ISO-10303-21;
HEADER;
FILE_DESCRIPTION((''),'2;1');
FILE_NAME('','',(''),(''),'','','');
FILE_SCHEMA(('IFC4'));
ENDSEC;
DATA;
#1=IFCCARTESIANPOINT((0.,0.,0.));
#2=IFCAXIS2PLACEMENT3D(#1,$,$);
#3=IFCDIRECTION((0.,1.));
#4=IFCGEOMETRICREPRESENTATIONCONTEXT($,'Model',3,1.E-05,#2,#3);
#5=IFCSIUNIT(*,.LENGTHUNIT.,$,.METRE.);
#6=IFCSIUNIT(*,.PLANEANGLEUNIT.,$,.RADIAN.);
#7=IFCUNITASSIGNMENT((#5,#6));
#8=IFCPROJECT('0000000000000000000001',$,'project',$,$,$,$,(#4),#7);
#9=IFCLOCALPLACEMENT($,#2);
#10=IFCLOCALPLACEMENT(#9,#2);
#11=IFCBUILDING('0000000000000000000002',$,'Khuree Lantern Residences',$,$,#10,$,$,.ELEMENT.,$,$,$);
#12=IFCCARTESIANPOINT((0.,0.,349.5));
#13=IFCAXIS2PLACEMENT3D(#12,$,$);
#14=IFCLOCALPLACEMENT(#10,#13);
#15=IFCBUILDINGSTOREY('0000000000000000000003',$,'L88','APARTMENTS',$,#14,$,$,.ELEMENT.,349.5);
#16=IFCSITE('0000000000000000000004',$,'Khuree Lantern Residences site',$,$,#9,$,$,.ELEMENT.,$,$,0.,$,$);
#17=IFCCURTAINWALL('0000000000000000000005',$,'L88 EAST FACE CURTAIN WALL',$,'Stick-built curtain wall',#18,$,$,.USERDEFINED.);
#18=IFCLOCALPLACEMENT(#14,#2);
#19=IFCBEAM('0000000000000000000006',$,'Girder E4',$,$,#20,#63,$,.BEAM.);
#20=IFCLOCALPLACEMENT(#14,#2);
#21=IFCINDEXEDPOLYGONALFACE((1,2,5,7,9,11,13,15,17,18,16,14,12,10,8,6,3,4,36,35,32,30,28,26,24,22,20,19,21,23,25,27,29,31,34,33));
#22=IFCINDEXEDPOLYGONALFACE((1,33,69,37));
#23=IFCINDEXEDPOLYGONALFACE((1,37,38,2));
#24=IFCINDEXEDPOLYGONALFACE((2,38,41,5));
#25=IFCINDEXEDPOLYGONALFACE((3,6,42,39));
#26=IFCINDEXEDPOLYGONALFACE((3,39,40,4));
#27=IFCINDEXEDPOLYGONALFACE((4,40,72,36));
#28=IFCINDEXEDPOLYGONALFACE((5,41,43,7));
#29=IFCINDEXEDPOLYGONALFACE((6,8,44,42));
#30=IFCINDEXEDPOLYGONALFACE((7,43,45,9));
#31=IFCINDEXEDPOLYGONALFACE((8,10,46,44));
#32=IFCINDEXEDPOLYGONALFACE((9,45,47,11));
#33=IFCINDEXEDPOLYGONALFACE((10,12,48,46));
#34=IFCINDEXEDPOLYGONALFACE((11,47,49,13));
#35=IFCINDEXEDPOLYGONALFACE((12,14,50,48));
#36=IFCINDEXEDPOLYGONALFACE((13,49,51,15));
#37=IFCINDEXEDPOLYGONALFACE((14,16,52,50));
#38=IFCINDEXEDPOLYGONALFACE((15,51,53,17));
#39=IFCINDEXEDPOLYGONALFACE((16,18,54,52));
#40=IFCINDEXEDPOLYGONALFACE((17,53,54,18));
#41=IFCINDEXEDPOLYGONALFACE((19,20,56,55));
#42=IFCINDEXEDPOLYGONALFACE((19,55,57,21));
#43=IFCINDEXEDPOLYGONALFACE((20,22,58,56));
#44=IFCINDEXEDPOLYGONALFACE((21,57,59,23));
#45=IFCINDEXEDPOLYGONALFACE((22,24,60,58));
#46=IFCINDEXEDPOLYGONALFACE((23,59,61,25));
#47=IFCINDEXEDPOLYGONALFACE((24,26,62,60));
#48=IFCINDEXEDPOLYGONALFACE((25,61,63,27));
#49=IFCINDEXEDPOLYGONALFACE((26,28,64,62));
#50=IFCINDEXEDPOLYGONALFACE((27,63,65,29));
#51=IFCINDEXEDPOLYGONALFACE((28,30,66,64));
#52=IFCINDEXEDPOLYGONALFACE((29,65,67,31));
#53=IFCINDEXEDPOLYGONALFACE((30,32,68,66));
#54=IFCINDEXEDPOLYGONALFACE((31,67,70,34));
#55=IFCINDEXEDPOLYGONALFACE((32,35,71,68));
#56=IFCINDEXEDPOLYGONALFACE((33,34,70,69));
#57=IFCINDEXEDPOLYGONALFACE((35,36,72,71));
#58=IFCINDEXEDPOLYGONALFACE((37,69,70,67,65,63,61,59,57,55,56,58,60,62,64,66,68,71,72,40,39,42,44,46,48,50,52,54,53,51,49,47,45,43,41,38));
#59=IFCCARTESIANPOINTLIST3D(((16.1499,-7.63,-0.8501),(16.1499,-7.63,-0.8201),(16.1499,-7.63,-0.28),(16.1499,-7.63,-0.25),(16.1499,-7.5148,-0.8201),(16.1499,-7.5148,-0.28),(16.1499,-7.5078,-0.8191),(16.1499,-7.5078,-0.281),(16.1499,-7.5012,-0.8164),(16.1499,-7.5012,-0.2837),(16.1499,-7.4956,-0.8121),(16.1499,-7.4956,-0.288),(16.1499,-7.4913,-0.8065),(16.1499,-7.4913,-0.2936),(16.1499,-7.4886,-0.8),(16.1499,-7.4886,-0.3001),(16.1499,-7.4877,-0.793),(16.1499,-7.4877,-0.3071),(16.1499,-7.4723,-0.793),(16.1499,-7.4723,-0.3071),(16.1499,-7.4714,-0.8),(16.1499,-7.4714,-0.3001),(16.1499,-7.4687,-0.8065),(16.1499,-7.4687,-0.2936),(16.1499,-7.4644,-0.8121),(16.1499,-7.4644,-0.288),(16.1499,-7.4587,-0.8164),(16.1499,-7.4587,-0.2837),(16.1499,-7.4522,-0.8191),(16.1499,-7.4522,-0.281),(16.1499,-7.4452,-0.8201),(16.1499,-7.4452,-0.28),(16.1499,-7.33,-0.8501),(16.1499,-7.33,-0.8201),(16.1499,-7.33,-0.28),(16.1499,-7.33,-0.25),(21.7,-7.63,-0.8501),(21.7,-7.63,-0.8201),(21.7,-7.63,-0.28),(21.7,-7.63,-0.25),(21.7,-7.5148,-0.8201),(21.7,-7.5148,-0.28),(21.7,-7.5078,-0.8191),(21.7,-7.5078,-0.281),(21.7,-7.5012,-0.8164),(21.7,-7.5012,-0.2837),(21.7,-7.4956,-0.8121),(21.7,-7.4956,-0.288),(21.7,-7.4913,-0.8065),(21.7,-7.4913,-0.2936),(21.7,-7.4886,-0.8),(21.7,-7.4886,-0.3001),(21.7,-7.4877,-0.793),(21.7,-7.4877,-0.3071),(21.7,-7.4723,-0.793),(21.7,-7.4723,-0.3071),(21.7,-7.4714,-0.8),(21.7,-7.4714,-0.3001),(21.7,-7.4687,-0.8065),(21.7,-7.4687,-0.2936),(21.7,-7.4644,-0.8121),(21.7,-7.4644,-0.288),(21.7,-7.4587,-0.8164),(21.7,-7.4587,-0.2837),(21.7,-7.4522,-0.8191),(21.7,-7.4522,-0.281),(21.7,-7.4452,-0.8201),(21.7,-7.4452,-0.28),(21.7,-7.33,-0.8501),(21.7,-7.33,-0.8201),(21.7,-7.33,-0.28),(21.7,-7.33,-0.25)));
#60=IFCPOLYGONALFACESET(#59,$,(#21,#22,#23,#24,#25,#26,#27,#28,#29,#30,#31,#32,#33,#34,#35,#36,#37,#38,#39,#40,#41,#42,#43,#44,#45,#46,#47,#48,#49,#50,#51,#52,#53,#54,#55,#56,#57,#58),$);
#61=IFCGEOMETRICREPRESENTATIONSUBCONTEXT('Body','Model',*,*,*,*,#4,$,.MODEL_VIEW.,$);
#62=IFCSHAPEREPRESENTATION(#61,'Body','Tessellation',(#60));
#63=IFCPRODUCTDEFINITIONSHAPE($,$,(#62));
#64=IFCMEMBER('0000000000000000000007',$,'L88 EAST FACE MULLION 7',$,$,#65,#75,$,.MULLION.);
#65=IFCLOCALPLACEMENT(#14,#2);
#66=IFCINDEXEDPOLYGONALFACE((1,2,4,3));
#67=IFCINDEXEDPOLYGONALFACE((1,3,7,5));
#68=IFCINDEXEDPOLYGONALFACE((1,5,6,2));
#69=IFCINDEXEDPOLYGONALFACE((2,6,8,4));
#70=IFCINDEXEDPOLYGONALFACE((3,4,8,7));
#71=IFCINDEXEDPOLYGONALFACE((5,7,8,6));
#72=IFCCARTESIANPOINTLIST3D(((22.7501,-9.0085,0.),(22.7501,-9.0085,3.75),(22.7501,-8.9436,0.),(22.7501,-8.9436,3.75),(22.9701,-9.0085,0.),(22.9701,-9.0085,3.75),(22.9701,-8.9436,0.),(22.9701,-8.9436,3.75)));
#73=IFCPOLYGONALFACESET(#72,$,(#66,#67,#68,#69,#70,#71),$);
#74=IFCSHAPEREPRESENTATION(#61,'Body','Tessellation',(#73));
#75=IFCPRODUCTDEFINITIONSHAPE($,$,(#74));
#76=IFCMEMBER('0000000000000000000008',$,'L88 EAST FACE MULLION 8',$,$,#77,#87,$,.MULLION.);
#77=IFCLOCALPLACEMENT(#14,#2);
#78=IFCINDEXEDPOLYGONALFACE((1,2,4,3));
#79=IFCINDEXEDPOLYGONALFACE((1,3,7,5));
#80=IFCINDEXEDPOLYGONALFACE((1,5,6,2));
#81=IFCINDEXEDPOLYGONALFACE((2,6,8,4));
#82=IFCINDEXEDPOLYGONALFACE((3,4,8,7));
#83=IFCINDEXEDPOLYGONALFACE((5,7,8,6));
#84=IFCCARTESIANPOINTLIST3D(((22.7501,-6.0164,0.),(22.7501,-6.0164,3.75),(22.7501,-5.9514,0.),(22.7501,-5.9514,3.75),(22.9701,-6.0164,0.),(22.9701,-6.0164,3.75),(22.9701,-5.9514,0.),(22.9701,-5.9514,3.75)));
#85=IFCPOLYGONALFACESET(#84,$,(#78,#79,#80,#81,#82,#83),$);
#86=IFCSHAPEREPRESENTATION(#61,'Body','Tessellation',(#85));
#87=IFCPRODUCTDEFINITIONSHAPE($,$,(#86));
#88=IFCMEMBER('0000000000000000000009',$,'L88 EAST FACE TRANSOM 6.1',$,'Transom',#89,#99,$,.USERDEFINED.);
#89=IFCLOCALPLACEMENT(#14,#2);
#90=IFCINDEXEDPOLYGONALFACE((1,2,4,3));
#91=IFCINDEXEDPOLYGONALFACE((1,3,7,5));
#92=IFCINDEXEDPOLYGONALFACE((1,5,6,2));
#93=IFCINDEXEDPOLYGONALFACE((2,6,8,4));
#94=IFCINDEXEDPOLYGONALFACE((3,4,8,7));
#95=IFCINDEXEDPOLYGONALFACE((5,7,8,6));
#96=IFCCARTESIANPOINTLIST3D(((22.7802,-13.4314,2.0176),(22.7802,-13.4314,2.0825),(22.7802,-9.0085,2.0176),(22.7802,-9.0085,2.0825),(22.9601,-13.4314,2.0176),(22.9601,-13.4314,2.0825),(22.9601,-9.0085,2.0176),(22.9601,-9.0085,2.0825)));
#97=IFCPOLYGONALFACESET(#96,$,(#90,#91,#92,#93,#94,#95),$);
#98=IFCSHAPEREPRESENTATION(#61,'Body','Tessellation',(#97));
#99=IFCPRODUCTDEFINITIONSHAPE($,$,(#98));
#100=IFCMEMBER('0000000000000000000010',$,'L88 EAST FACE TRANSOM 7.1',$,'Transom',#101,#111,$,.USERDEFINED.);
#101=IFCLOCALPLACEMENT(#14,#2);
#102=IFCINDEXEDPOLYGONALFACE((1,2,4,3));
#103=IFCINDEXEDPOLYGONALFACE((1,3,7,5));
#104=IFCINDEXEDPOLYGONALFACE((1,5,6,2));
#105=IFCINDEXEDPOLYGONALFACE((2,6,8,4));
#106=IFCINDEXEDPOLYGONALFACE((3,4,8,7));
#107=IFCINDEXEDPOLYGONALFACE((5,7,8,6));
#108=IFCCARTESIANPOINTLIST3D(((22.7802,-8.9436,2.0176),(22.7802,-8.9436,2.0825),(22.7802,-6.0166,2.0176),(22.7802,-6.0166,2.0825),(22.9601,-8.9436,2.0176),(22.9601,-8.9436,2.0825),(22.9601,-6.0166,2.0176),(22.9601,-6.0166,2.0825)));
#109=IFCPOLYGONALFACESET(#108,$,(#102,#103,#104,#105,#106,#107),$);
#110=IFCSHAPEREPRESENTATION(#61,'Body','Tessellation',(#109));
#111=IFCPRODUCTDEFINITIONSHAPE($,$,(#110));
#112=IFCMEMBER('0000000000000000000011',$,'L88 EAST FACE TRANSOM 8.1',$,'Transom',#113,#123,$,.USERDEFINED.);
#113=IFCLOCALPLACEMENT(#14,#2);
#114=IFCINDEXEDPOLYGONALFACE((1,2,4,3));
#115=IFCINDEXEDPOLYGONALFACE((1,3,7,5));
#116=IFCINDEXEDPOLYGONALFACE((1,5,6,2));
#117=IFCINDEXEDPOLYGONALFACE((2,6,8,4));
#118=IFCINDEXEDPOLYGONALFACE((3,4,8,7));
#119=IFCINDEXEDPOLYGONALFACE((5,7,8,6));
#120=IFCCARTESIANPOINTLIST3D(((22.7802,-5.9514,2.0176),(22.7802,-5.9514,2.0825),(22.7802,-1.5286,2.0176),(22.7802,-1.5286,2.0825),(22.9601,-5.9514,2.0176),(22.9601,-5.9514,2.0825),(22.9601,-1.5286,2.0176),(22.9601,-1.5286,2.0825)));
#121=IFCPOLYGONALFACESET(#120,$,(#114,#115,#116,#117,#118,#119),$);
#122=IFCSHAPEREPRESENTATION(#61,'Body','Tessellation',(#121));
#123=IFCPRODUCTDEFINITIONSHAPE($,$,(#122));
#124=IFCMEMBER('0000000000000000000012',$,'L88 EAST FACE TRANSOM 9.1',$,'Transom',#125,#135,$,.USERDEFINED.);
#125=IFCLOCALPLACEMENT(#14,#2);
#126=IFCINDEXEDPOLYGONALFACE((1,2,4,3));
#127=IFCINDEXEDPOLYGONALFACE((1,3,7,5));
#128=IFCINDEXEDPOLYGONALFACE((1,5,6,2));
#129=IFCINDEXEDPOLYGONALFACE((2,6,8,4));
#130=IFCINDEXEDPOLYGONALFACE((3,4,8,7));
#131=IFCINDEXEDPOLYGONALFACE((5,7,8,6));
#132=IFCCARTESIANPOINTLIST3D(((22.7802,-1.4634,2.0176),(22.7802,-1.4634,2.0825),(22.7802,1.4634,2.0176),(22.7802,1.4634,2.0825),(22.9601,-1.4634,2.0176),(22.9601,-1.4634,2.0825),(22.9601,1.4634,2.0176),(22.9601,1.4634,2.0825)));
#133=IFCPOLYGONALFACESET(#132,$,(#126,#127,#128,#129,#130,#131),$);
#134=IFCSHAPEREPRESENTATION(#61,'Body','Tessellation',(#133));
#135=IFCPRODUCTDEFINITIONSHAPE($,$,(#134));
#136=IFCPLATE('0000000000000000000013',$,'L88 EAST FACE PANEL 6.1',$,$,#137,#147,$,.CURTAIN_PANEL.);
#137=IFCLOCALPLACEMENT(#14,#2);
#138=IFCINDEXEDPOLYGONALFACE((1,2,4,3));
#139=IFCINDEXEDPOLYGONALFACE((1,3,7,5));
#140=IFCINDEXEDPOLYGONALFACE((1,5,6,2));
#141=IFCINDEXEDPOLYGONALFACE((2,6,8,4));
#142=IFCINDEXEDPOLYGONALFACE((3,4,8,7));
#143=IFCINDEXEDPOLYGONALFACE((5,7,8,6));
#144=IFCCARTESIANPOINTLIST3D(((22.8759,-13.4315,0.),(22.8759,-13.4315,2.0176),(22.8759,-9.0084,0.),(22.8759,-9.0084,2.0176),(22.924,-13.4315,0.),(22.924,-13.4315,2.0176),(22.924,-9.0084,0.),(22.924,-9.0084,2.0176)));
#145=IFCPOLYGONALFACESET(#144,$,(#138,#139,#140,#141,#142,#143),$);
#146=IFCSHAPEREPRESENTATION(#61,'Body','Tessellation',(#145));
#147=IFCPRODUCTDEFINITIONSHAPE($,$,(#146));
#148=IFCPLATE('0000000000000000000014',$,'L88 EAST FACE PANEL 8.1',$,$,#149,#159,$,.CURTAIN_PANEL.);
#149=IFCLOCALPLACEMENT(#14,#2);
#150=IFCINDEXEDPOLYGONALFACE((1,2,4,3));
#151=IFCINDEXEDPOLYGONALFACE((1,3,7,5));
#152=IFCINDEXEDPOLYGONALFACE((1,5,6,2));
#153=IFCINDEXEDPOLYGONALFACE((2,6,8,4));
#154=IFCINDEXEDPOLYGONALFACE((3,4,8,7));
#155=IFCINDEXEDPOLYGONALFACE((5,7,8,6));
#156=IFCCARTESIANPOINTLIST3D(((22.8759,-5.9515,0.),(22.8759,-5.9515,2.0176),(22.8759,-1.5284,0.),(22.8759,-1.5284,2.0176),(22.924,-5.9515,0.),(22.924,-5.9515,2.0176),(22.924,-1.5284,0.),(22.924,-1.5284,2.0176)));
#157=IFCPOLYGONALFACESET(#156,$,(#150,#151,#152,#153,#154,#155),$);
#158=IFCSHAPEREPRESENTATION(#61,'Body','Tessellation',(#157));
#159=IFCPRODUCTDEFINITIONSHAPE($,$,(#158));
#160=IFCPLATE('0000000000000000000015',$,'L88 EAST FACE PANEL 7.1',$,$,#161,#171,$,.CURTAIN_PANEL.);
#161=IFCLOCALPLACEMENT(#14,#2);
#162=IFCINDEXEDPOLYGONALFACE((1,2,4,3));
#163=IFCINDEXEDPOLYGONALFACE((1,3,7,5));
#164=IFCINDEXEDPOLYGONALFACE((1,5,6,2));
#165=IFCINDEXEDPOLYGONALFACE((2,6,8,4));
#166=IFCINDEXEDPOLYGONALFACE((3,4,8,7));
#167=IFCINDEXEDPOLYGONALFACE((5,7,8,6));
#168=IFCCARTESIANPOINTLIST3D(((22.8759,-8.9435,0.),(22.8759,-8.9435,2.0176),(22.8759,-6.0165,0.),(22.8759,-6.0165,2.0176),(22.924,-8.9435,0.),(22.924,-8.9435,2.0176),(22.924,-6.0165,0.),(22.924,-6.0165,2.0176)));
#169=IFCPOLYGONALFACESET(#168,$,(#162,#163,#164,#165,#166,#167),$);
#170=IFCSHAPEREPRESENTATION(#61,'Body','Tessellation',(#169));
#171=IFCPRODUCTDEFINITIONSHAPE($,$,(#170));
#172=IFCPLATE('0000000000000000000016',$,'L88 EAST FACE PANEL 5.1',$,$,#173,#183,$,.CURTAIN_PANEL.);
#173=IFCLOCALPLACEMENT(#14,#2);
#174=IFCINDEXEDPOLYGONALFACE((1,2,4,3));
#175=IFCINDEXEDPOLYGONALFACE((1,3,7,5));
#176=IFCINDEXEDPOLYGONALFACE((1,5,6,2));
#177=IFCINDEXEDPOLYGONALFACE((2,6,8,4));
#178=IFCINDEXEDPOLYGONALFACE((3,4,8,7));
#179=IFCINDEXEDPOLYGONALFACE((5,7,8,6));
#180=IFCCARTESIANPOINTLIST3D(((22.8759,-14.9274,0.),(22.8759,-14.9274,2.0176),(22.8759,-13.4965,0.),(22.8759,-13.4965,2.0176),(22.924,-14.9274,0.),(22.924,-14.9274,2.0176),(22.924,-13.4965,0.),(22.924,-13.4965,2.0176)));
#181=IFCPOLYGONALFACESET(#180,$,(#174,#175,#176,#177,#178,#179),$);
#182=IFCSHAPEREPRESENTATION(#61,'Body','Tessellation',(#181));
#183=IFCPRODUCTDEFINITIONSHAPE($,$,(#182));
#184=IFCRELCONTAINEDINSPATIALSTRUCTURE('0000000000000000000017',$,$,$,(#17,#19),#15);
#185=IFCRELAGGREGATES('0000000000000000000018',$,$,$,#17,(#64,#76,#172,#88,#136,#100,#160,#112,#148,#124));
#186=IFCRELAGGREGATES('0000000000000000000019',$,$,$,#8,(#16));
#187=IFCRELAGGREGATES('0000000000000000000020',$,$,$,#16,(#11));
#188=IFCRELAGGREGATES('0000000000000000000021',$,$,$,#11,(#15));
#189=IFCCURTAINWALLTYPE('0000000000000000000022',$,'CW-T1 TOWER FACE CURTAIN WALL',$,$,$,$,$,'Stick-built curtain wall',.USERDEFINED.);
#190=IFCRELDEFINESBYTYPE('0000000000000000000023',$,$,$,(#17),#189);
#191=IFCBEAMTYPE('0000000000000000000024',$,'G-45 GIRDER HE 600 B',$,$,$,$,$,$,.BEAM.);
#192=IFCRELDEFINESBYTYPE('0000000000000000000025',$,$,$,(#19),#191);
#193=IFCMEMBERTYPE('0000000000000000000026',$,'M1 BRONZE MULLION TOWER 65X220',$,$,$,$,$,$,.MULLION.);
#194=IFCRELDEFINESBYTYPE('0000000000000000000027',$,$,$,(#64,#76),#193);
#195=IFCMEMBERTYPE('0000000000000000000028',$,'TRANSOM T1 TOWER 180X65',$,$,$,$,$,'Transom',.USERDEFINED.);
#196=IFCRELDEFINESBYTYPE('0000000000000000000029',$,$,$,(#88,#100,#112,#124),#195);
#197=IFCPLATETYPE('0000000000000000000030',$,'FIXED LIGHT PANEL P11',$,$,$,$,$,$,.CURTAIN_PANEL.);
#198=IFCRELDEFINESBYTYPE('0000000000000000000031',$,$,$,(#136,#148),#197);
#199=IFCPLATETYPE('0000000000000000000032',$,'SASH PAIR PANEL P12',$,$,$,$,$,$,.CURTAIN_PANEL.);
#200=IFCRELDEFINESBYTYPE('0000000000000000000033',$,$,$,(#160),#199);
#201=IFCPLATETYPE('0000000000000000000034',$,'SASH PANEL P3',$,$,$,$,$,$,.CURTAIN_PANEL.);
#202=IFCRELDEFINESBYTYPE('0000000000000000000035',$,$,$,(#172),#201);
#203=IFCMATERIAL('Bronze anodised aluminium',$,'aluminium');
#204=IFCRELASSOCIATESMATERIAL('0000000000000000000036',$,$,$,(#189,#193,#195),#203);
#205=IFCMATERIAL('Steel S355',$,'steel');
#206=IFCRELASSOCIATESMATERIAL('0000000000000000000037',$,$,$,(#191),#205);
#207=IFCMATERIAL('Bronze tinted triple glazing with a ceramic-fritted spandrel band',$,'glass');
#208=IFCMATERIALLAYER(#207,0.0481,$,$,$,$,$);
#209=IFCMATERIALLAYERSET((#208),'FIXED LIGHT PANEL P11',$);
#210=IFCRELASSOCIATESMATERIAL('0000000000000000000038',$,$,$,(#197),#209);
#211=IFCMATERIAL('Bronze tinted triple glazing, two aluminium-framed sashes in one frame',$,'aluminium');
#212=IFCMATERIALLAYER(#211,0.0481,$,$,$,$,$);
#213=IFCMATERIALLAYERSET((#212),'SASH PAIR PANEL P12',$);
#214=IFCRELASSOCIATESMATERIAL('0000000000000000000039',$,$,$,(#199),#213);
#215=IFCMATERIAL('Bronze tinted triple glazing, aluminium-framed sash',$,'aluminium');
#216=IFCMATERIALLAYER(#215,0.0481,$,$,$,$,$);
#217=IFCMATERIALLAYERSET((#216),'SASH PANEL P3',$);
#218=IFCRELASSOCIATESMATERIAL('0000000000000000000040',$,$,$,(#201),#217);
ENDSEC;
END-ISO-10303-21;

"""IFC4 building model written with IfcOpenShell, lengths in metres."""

from ifc_helpers import new_model, si_unit, direction, frame, origin, origin_2d, place, context, subcontext, project, spatial, rectangle, i_section, extrude, material, layer, layer_set, material_profile, profile_set, type_object, element, aggregate, save


model = new_model("IFC4")

# Units and contexts
model_context = context("Model", 3, precision=1e-05, world=origin(), true_north=direction((0.0, 1.0)))
body_context = subcontext(model_context, "Body", "Model", "MODEL_VIEW")
ifc_project = project(units=[si_unit("LENGTHUNIT", "METRE"), si_unit("PLANEANGLEUNIT", "RADIAN")], contexts=[model_context])

# Site, building, storey
site_placement = place(None, origin())
site = spatial("IfcSite", under=ifc_project, at=site_placement, Name="Khuree Lantern Residences site", CompositionType="ELEMENT", RefElevation=0.0)
building_placement = place(site_placement, origin())
building = spatial("IfcBuilding", under=site, at=building_placement, Name="Khuree Lantern Residences", CompositionType="ELEMENT")
storey_placement = place(building_placement, frame((0.0, 0.0, 349.5)))
storey = spatial("IfcBuildingStorey", under=building, at=storey_placement, Name="L88", Description="APARTMENTS", CompositionType="ELEMENT", Elevation=349.5)

# Shared definitions
ifc_material_1 = material(Name="Steel S355", Category="steel")

# Curtain wall
ifc_material_2 = material(Name="Bronze anodised aluminium", Category="aluminium")
curtain_wall_type = type_object("IfcCurtainWallType", Name="CW-T1 TOWER FACE CURTAIN WALL", ElementType="Stick-built curtain wall", PredefinedType="USERDEFINED", material=ifc_material_2)
curtain_wall_placement = place(storey_placement, origin())
curtain_wall = element("IfcCurtainWall", 1, at=curtain_wall_placement, inside=storey, type_object=curtain_wall_type, Name="L88 EAST FACE CURTAIN WALL", ObjectType="Stick-built curtain wall", PredefinedType="USERDEFINED")

# Beam
ifc_material_profile_1 = material_profile(ifc_material_1, i_section(OverallWidth=0.3, OverallDepth=0.6001, WebThickness=0.0154, FlangeThickness=0.03, FilletRadius=0.0271, at=origin_2d()), Name="HE 600 B")
ifc_profile_set_1 = profile_set([ifc_material_profile_1], Name="Steel S355")
beam_type_1 = type_object("IfcBeamType", Name="G-45 GIRDER HE 600 B", PredefinedType="BEAM", material=ifc_profile_set_1)
beam_1_placement = place(storey_placement, frame((21.7, -7.48, -0.55), z_axis=(-1.0, 0.0, 0.0), x_axis=(0.0, -1.0, 0.0)))
element("IfcBeam", 2, at=beam_1_placement, inside=storey, type_object=beam_type_1, Name="Girder E4", PredefinedType="BEAM", context=body_context, shape_type="SweptSolid", body=[
    extrude(i_section(OverallWidth=0.3, OverallDepth=0.6001, WebThickness=0.0154, FlangeThickness=0.03, FilletRadius=0.0271, at=origin_2d()), origin(), (0.0, 0.0, 1.0), 5.55),
])

# Members
ifc_material_profile_2 = material_profile(ifc_material_2, rectangle(XDim=0.0649, YDim=0.22, at=origin_2d()), Name="M1 65X220")
ifc_profile_set_2 = profile_set([ifc_material_profile_2], Name="Bronze anodised aluminium")
member_type_1 = type_object("IfcMemberType", Name="M1 BRONZE MULLION TOWER 65X220", PredefinedType="MULLION", material=ifc_profile_set_2)
member_1_placement = place(storey_placement, frame((22.8601, -8.9761, 0.0), z_axis=(0.0, 0.0, 1.0), x_axis=(0.0, 1.0, 0.0)))
member_1 = element("IfcMember", 3, at=member_1_placement, type_object=member_type_1, Name="L88 EAST FACE MULLION 7", PredefinedType="MULLION", context=body_context, shape_type="SweptSolid", body=[
    extrude(rectangle(XDim=0.0649, YDim=0.22, at=origin_2d()), origin(), (0.0, 0.0, 1.0), 3.75),
])
member_2_placement = place(storey_placement, frame((22.8601, -5.9839, 0.0), z_axis=(0.0, 0.0, 1.0), x_axis=(0.0, 1.0, 0.0)))
member_2 = element("IfcMember", 4, at=member_2_placement, type_object=member_type_1, Name="L88 EAST FACE MULLION 8", PredefinedType="MULLION", context=body_context, shape_type="SweptSolid", body=[
    extrude(rectangle(XDim=0.0649, YDim=0.22, at=origin_2d()), origin(), (0.0, 0.0, 1.0), 3.75),
])
ifc_material_profile_3 = material_profile(ifc_material_2, rectangle(XDim=0.1799, YDim=0.0649, at=origin_2d()), Name="T1 180X65")
ifc_profile_set_3 = profile_set([ifc_material_profile_3], Name="Bronze anodised aluminium")
member_type_2 = type_object("IfcMemberType", Name="TRANSOM T1 TOWER 180X65", ElementType="Transom", PredefinedType="USERDEFINED", material=ifc_profile_set_3)
member_3_placement = place(storey_placement, frame((22.8701, -13.4314, 2.05), z_axis=(0.0, 1.0, 0.0), x_axis=(-1.0, 0.0, 0.0)))
member_3 = element("IfcMember", 5, at=member_3_placement, type_object=member_type_2, Name="L88 EAST FACE TRANSOM 6.1", ObjectType="Transom", PredefinedType="USERDEFINED", context=body_context, shape_type="SweptSolid", body=[
    extrude(rectangle(XDim=0.1799, YDim=0.0649, at=origin_2d()), origin(), (0.0, 0.0, 1.0), 4.4229),
])
member_4_placement = place(storey_placement, frame((22.8701, -8.9436, 2.05), z_axis=(0.0, 1.0, 0.0), x_axis=(-1.0, 0.0, 0.0)))
member_4 = element("IfcMember", 6, at=member_4_placement, type_object=member_type_2, Name="L88 EAST FACE TRANSOM 7.1", ObjectType="Transom", PredefinedType="USERDEFINED", context=body_context, shape_type="SweptSolid", body=[
    extrude(rectangle(XDim=0.1799, YDim=0.0649, at=origin_2d()), origin(), (0.0, 0.0, 1.0), 2.927),
])
member_5_placement = place(storey_placement, frame((22.8701, -5.9514, 2.05), z_axis=(0.0, 1.0, 0.0), x_axis=(-1.0, 0.0, 0.0)))
member_5 = element("IfcMember", 7, at=member_5_placement, type_object=member_type_2, Name="L88 EAST FACE TRANSOM 8.1", ObjectType="Transom", PredefinedType="USERDEFINED", context=body_context, shape_type="SweptSolid", body=[
    extrude(rectangle(XDim=0.1799, YDim=0.0649, at=origin_2d()), origin(), (0.0, 0.0, 1.0), 4.4229),
])
member_6_placement = place(storey_placement, frame((22.8701, -1.4634, 2.05), z_axis=(0.0, 1.0, 0.0), x_axis=(-1.0, 0.0, 0.0)))
member_6 = element("IfcMember", 8, at=member_6_placement, type_object=member_type_2, Name="L88 EAST FACE TRANSOM 9.1", ObjectType="Transom", PredefinedType="USERDEFINED", context=body_context, shape_type="SweptSolid", body=[
    extrude(rectangle(XDim=0.1799, YDim=0.0649, at=origin_2d()), origin(), (0.0, 0.0, 1.0), 2.9268),
])

# Plates
ifc_material_3 = material(Name="Bronze tinted triple glazing with a ceramic-fritted spandrel band", Category="glass")
ifc_layer_1 = layer(ifc_material_3, 0.0481)
ifc_layer_set_1 = layer_set([ifc_layer_1], Name="FIXED LIGHT PANEL P11")
plate_type_1 = type_object("IfcPlateType", Name="FIXED LIGHT PANEL P11", PredefinedType="CURTAIN_PANEL", material=ifc_layer_set_1)
plate_1_placement = place(storey_placement, frame((22.8999, -11.22, 0.0), z_axis=(0.0, 0.0, 1.0), x_axis=(0.0, 1.0, 0.0)))
plate_1 = element("IfcPlate", 9, at=plate_1_placement, type_object=plate_type_1, Name="L88 EAST FACE PANEL 6.1", PredefinedType="CURTAIN_PANEL", context=body_context, shape_type="SweptSolid", body=[
    extrude(rectangle(XDim=4.4231, YDim=0.0481, at=origin_2d()), origin(), (0.0, 0.0, 1.0), 2.0176),
])
plate_2_placement = place(storey_placement, frame((22.8999, -3.74, 0.0), z_axis=(0.0, 0.0, 1.0), x_axis=(0.0, 1.0, 0.0)))
plate_2 = element("IfcPlate", 10, at=plate_2_placement, type_object=plate_type_1, Name="L88 EAST FACE PANEL 8.1", PredefinedType="CURTAIN_PANEL", context=body_context, shape_type="SweptSolid", body=[
    extrude(rectangle(XDim=4.4231, YDim=0.0481, at=origin_2d()), origin(), (0.0, 0.0, 1.0), 2.0176),
])
ifc_material_4 = material(Name="Bronze tinted triple glazing, two aluminium-framed sashes in one frame", Category="aluminium")
ifc_layer_2 = layer(ifc_material_4, 0.0481)
ifc_layer_set_2 = layer_set([ifc_layer_2], Name="SASH PAIR PANEL P12")
plate_type_2 = type_object("IfcPlateType", Name="SASH PAIR PANEL P12", PredefinedType="CURTAIN_PANEL", material=ifc_layer_set_2)
plate_3_placement = place(storey_placement, frame((22.8999, -7.48, 0.0), z_axis=(0.0, 0.0, 1.0), x_axis=(0.0, 1.0, 0.0)))
plate_3 = element("IfcPlate", 11, at=plate_3_placement, type_object=plate_type_2, Name="L88 EAST FACE PANEL 7.1", PredefinedType="CURTAIN_PANEL", context=body_context, shape_type="SweptSolid", body=[
    extrude(rectangle(XDim=2.927, YDim=0.0481, at=origin_2d()), origin(), (0.0, 0.0, 1.0), 2.0176),
])
ifc_material_5 = material(Name="Bronze tinted triple glazing, aluminium-framed sash", Category="aluminium")
ifc_layer_3 = layer(ifc_material_5, 0.0481)
ifc_layer_set_3 = layer_set([ifc_layer_3], Name="SASH PANEL P3")
plate_type_3 = type_object("IfcPlateType", Name="SASH PANEL P3", PredefinedType="CURTAIN_PANEL", material=ifc_layer_set_3)
plate_4_placement = place(storey_placement, frame((22.8999, -14.2119, 0.0), z_axis=(0.0, 0.0, 1.0), x_axis=(0.0, 1.0, 0.0)))
plate_4 = element("IfcPlate", 12, at=plate_4_placement, type_object=plate_type_3, Name="L88 EAST FACE PANEL 5.1", PredefinedType="CURTAIN_PANEL", context=body_context, shape_type="SweptSolid", body=[
    extrude(rectangle(XDim=1.4309, YDim=0.0481, at=origin_2d()), origin(), (0.0, 0.0, 1.0), 2.0176),
])
aggregate(curtain_wall, [member_1, member_2, plate_4, member_3, plate_1, member_4, plate_3, member_5, plate_2, member_6])

save(model, "model.ifc")
